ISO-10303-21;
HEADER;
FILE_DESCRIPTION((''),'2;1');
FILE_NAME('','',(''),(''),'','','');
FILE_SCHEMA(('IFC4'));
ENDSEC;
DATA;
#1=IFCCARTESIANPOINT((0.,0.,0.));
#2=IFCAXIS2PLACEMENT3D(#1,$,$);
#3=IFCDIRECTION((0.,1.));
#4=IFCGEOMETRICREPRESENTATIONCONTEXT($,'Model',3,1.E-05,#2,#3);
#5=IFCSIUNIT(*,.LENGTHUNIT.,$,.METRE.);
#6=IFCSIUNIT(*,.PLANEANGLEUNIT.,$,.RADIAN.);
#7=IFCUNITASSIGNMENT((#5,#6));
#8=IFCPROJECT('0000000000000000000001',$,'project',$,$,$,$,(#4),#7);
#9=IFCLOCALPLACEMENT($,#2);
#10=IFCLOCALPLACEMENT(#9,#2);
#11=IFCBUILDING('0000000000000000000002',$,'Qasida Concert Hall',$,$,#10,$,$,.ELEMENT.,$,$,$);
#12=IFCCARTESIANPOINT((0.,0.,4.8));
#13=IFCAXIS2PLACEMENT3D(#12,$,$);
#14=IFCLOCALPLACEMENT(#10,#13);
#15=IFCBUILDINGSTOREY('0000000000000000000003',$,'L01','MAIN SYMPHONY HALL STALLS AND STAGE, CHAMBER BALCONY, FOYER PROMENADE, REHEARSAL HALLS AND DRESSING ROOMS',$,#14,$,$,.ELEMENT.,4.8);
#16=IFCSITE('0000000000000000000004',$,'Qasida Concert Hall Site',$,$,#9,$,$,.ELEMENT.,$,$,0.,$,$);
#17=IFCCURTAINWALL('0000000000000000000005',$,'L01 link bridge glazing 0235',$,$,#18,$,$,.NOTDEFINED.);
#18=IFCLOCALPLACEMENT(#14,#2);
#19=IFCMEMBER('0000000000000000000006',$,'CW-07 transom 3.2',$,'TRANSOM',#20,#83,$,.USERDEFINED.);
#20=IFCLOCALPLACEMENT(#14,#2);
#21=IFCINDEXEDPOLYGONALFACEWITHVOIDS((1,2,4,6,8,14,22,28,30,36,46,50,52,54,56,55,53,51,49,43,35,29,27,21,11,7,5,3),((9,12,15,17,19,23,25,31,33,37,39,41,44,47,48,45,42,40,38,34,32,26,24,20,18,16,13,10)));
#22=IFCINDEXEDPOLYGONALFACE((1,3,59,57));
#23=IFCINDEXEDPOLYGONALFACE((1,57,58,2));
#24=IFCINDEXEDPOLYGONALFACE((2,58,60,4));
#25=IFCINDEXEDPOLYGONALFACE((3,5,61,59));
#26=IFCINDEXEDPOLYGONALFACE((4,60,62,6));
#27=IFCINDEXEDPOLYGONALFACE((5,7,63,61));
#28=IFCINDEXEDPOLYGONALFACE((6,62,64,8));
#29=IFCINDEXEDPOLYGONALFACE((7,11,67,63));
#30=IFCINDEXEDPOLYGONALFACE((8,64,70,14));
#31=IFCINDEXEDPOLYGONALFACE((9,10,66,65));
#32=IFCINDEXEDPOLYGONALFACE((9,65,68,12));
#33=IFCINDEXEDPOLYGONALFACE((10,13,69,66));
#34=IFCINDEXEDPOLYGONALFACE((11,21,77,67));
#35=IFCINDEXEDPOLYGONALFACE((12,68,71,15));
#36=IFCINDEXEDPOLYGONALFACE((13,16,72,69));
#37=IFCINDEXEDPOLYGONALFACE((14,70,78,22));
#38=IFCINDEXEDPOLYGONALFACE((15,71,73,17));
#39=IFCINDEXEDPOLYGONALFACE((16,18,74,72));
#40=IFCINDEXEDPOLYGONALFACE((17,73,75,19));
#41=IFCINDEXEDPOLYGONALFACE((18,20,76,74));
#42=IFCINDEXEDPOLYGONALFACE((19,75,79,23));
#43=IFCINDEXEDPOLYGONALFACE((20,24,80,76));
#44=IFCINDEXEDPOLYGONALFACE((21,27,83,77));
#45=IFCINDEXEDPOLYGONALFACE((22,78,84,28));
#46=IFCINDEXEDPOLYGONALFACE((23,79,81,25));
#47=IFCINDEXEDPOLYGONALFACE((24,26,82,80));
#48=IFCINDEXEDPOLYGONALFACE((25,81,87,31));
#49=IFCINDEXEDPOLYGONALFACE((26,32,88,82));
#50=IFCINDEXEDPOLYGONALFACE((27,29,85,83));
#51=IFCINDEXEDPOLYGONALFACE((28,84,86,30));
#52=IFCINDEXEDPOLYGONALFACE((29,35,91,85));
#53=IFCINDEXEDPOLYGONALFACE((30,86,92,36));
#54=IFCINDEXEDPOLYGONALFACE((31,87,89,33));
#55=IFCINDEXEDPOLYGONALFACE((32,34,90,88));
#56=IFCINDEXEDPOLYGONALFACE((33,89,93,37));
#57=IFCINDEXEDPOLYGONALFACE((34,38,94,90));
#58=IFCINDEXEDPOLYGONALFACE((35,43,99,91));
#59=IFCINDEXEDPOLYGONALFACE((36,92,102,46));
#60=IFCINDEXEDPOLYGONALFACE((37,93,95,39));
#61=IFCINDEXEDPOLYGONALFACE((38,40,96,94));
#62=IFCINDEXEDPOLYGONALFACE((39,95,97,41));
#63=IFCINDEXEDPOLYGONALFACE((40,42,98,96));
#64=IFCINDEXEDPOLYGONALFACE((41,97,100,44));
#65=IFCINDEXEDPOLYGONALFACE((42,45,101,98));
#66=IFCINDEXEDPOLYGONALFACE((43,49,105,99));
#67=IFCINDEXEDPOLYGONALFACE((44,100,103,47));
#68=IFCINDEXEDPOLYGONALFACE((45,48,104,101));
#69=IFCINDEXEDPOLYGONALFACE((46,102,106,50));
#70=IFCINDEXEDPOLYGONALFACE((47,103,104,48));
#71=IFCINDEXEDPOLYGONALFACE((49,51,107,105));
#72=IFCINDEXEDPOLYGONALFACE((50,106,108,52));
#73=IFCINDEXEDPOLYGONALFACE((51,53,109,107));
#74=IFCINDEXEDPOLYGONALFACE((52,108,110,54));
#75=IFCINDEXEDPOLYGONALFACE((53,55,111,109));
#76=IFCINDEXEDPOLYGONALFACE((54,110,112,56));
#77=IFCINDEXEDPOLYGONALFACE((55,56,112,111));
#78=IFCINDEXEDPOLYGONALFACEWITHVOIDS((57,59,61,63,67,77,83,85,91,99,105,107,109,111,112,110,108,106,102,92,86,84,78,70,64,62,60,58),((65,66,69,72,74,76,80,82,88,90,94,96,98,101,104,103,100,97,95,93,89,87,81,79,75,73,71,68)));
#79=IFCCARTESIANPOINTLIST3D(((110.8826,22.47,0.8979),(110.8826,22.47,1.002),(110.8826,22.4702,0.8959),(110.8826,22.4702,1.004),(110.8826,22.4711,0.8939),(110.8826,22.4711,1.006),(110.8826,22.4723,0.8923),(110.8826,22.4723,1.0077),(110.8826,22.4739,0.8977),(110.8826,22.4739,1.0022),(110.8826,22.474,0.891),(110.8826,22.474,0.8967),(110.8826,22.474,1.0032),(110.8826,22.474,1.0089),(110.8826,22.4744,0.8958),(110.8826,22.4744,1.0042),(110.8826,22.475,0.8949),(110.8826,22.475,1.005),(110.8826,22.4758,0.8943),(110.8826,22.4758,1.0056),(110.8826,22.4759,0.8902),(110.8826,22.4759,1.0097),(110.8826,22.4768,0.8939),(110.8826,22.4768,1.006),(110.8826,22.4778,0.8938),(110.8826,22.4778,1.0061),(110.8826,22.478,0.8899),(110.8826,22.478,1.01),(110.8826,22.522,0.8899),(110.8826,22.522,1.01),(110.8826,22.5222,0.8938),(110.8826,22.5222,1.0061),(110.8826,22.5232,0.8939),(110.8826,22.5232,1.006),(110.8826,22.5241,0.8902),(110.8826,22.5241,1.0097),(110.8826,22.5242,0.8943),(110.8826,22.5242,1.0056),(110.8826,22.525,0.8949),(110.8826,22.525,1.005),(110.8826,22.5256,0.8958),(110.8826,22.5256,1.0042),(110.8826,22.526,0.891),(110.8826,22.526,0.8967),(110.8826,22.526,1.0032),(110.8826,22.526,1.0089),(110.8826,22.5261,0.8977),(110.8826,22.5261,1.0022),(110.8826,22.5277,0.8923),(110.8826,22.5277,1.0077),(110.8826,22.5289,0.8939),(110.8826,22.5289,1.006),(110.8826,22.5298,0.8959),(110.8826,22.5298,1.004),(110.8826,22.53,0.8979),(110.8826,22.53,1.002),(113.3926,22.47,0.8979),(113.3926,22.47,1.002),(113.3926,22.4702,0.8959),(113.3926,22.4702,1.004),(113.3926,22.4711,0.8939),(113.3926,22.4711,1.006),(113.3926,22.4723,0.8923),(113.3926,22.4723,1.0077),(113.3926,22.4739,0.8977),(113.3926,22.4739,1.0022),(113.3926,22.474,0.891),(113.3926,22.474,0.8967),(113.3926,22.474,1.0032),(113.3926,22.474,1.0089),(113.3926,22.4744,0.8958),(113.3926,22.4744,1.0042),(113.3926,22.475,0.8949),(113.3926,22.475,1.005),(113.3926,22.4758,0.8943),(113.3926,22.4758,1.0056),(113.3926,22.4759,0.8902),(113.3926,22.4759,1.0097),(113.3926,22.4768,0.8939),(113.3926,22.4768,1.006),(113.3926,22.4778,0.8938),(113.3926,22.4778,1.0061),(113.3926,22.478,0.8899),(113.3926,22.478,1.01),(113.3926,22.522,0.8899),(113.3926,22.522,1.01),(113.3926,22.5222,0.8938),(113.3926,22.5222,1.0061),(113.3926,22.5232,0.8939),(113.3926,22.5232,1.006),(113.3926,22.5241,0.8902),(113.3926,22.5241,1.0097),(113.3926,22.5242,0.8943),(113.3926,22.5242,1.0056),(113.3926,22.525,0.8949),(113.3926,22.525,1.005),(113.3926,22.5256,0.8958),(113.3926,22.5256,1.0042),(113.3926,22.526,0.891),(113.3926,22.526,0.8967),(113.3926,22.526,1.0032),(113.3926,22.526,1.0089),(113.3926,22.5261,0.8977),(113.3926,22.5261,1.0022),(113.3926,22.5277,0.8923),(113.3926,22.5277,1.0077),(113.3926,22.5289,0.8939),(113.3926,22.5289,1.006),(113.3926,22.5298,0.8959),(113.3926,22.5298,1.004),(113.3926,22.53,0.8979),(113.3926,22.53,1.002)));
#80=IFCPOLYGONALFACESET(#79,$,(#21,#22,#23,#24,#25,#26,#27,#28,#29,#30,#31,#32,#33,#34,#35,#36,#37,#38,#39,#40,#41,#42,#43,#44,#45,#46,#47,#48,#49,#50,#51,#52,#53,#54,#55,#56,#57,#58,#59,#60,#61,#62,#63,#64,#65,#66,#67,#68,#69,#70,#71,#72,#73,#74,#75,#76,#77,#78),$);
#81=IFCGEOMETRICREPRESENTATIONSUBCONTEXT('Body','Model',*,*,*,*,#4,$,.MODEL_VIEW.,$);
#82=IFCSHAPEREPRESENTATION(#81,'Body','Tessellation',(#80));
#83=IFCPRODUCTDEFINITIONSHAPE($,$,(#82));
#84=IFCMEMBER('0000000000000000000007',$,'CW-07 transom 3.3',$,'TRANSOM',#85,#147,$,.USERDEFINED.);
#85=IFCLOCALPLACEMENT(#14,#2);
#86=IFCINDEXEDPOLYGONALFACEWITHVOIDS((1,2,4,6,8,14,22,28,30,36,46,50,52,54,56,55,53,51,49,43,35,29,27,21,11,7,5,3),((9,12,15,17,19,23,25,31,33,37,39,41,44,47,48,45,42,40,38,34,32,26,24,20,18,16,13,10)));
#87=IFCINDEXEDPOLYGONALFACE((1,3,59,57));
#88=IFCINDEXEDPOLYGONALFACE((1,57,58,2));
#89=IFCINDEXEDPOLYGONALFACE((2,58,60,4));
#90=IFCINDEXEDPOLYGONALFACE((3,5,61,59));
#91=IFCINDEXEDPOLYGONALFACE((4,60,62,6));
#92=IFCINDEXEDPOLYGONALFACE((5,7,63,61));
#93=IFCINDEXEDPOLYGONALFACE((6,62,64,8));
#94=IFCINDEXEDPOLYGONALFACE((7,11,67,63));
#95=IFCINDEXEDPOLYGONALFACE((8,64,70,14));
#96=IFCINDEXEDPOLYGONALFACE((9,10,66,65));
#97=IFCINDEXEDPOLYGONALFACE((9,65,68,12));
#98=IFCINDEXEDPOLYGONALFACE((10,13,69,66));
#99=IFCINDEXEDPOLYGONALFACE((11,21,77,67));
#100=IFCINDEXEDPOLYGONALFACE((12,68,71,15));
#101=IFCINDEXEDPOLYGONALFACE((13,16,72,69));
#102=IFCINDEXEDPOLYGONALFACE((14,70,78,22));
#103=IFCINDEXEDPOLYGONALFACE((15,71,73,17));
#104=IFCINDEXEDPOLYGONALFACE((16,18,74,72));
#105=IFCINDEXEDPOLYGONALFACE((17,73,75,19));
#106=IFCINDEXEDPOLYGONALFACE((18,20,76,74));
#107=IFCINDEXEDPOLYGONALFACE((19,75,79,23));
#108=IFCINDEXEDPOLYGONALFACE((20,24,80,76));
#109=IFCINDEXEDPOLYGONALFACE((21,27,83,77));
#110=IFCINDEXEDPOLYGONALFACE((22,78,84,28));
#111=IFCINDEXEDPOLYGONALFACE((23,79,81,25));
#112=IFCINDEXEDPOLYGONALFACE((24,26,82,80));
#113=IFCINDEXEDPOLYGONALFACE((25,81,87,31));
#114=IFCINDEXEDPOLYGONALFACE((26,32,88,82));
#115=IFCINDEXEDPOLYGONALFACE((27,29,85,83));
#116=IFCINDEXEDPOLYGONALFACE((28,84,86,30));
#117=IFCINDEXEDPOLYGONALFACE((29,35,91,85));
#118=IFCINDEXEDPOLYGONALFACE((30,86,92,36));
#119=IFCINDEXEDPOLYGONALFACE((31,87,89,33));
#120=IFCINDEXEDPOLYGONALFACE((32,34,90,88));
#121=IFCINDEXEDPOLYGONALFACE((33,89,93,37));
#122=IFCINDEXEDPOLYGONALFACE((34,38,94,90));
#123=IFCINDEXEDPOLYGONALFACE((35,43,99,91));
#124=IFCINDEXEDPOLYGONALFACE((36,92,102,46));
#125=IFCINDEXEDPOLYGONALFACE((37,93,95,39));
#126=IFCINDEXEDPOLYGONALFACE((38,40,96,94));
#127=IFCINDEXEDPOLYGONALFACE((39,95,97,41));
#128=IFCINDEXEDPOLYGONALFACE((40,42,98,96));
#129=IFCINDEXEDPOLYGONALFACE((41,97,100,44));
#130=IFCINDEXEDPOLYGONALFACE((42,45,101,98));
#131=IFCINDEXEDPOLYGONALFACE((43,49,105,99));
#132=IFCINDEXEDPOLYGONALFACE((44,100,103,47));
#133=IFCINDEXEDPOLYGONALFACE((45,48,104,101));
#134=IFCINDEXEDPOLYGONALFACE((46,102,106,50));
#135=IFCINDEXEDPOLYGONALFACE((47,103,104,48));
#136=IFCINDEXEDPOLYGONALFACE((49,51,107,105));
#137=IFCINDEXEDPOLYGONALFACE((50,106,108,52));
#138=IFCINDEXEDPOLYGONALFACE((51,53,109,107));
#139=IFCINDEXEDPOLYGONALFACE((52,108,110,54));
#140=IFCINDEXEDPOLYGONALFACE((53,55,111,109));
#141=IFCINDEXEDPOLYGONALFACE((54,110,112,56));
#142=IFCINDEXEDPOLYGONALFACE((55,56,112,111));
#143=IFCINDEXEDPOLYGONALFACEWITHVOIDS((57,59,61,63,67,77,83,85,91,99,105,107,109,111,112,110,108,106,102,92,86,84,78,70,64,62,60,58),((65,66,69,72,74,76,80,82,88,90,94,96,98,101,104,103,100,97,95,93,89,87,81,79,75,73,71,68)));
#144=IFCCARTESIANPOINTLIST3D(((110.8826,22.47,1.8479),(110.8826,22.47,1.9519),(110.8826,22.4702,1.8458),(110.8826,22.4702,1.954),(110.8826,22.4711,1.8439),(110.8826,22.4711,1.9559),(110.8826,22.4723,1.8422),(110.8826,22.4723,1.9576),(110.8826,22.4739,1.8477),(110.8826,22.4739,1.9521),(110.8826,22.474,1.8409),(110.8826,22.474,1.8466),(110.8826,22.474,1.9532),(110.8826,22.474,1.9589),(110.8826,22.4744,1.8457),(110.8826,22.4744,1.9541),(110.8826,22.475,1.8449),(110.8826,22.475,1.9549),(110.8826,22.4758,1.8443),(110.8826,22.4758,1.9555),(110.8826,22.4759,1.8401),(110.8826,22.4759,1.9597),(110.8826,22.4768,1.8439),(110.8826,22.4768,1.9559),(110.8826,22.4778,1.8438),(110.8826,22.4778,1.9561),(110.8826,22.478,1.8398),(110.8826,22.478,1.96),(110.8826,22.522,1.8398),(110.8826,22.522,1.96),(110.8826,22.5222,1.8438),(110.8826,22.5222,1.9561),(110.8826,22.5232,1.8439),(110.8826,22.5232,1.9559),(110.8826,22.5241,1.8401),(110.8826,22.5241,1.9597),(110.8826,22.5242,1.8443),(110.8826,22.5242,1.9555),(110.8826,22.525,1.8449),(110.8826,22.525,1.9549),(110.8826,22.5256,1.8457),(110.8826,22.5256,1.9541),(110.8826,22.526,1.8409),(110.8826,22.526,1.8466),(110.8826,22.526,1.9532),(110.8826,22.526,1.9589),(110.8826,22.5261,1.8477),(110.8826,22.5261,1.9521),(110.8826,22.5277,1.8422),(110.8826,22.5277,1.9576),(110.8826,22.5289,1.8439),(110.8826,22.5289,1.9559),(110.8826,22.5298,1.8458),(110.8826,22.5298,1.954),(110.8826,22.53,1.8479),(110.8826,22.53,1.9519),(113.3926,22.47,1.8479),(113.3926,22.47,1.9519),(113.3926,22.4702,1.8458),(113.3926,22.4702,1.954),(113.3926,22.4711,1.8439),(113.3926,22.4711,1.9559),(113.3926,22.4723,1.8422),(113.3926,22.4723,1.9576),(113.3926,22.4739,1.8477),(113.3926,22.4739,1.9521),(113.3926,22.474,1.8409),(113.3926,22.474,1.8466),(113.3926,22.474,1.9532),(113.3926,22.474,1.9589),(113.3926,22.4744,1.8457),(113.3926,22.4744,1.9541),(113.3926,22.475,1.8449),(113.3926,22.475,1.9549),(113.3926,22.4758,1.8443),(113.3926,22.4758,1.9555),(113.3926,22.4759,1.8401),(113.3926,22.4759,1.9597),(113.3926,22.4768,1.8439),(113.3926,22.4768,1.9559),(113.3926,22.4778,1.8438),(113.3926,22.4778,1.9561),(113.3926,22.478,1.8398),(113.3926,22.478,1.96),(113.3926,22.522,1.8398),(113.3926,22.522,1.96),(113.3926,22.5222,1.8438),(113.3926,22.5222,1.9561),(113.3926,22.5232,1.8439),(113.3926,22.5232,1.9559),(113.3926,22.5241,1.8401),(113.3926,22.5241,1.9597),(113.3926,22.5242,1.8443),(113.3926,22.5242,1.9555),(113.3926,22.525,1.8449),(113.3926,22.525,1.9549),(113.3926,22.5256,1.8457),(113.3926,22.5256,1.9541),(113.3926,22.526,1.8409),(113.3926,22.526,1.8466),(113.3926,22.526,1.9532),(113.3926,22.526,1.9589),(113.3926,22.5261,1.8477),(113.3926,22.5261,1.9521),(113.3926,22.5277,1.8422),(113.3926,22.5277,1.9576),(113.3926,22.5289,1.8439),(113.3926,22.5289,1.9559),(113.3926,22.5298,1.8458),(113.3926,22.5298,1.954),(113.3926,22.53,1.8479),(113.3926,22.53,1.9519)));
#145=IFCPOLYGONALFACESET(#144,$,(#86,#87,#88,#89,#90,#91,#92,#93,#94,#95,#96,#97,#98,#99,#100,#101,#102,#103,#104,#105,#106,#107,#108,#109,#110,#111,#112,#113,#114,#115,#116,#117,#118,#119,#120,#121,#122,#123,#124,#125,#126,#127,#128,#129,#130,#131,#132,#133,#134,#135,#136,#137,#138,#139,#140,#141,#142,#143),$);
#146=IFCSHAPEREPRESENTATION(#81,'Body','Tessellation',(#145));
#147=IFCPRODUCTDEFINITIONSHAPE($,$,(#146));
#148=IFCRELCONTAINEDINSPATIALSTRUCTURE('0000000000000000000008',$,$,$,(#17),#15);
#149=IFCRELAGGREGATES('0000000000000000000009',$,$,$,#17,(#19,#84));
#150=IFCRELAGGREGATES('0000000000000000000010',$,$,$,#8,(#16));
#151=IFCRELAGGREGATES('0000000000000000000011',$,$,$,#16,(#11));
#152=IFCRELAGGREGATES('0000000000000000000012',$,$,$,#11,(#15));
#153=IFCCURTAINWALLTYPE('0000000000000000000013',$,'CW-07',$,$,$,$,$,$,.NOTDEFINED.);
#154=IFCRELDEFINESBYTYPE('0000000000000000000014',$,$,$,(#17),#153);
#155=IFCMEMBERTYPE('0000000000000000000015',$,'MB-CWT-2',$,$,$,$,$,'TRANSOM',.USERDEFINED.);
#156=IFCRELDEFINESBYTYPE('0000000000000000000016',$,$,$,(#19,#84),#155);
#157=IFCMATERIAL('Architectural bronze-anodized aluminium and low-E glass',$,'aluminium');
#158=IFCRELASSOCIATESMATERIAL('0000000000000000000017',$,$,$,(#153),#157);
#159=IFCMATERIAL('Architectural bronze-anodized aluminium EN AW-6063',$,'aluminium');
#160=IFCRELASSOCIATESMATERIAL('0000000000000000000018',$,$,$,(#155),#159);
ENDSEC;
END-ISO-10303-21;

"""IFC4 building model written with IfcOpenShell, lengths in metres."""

from ifc_helpers import new_model, si_unit, direction, frame, origin, origin_2d, place, context, subcontext, project, spatial, hollow_rectangle, extrude, material, material_profile, profile_set, type_object, element, aggregate, save


model = new_model("IFC4")

# Units and contexts
model_context = context("Model", 3, precision=1e-05, world=origin(), true_north=direction((0.0, 1.0)))
body_context = subcontext(model_context, "Body", "Model", "MODEL_VIEW")
ifc_project = project(units=[si_unit("LENGTHUNIT", "METRE"), si_unit("PLANEANGLEUNIT", "RADIAN")], contexts=[model_context])

# Site, building, storey
site_placement = place(None, origin())
site = spatial("IfcSite", under=ifc_project, at=site_placement, Name="Qasida Concert Hall Site", CompositionType="ELEMENT", RefElevation=0.0)
building_placement = place(site_placement, origin())
building = spatial("IfcBuilding", under=site, at=building_placement, Name="Qasida Concert Hall", CompositionType="ELEMENT")
storey_placement = place(building_placement, frame((0.0, 0.0, 4.8)))
storey = spatial("IfcBuildingStorey", under=building, at=storey_placement, Name="L01", Description="MAIN SYMPHONY HALL STALLS AND STAGE, CHAMBER BALCONY, FOYER PROMENADE, REHEARSAL HALLS AND DRESSING ROOMS", CompositionType="ELEMENT", Elevation=4.8)

# Curtain wall
ifc_material_1 = material(Name="Architectural bronze-anodized aluminium and low-E glass", Category="aluminium")
curtain_wall_type = type_object("IfcCurtainWallType", Name="CW-07", PredefinedType="NOTDEFINED", material=ifc_material_1)
ifc_material_2 = material(Name="Architectural bronze-anodized aluminium EN AW-6063", Category="aluminium")
curtain_wall_1_placement = place(storey_placement, origin())
curtain_wall_1 = element("IfcCurtainWall", 1, at=curtain_wall_1_placement, inside=storey, type_object=curtain_wall_type, Name="L01 link bridge glazing 0235", PredefinedType="NOTDEFINED")

# Members
ifc_material_profile_1 = material_profile(ifc_material_2, hollow_rectangle(XDim=0.0601, YDim=0.1201, WallThickness=0.0039, InnerFilletRadius=0.0039, OuterFilletRadius=0.0081, at=origin_2d()), Name="CWT 120x60x4")
ifc_profile_set_1 = profile_set([ifc_material_profile_1], Name="Architectural bronze-anodized aluminium EN AW-6063")
member_type_1 = type_object("IfcMemberType", Name="MB-CWT-2", ElementType="TRANSOM", PredefinedType="USERDEFINED", material=ifc_profile_set_1)
member_1_placement = place(storey_placement, frame((110.8826, 22.5, 0.95), z_axis=(1.0, 0.0, 0.0), x_axis=(0.0, 1.0, 0.0)))
member_1 = element("IfcMember", 2, at=member_1_placement, type_object=member_type_1, Name="CW-07 transom 3.2", ObjectType="TRANSOM", PredefinedType="USERDEFINED", context=body_context, shape_type="SweptSolid", body=[
    extrude(hollow_rectangle(XDim=0.0601, YDim=0.1201, WallThickness=0.0039, InnerFilletRadius=0.0039, OuterFilletRadius=0.0081, at=origin_2d()), origin(), (0.0, 0.0, 1.0), 2.51),
])
member_2_placement = place(storey_placement, frame((110.8826, 22.5, 1.8999), z_axis=(1.0, 0.0, 0.0), x_axis=(0.0, 1.0, 0.0)))
member_2 = element("IfcMember", 3, at=member_2_placement, type_object=member_type_1, Name="CW-07 transom 3.3", ObjectType="TRANSOM", PredefinedType="USERDEFINED", context=body_context, shape_type="SweptSolid", body=[
    extrude(hollow_rectangle(XDim=0.0601, YDim=0.1201, WallThickness=0.0039, InnerFilletRadius=0.0039, OuterFilletRadius=0.0081, at=origin_2d()), origin(), (0.0, 0.0, 1.0), 2.51),
])

aggregate(curtain_wall_1, [member_1, member_2])

save(model, "model.ifc")
